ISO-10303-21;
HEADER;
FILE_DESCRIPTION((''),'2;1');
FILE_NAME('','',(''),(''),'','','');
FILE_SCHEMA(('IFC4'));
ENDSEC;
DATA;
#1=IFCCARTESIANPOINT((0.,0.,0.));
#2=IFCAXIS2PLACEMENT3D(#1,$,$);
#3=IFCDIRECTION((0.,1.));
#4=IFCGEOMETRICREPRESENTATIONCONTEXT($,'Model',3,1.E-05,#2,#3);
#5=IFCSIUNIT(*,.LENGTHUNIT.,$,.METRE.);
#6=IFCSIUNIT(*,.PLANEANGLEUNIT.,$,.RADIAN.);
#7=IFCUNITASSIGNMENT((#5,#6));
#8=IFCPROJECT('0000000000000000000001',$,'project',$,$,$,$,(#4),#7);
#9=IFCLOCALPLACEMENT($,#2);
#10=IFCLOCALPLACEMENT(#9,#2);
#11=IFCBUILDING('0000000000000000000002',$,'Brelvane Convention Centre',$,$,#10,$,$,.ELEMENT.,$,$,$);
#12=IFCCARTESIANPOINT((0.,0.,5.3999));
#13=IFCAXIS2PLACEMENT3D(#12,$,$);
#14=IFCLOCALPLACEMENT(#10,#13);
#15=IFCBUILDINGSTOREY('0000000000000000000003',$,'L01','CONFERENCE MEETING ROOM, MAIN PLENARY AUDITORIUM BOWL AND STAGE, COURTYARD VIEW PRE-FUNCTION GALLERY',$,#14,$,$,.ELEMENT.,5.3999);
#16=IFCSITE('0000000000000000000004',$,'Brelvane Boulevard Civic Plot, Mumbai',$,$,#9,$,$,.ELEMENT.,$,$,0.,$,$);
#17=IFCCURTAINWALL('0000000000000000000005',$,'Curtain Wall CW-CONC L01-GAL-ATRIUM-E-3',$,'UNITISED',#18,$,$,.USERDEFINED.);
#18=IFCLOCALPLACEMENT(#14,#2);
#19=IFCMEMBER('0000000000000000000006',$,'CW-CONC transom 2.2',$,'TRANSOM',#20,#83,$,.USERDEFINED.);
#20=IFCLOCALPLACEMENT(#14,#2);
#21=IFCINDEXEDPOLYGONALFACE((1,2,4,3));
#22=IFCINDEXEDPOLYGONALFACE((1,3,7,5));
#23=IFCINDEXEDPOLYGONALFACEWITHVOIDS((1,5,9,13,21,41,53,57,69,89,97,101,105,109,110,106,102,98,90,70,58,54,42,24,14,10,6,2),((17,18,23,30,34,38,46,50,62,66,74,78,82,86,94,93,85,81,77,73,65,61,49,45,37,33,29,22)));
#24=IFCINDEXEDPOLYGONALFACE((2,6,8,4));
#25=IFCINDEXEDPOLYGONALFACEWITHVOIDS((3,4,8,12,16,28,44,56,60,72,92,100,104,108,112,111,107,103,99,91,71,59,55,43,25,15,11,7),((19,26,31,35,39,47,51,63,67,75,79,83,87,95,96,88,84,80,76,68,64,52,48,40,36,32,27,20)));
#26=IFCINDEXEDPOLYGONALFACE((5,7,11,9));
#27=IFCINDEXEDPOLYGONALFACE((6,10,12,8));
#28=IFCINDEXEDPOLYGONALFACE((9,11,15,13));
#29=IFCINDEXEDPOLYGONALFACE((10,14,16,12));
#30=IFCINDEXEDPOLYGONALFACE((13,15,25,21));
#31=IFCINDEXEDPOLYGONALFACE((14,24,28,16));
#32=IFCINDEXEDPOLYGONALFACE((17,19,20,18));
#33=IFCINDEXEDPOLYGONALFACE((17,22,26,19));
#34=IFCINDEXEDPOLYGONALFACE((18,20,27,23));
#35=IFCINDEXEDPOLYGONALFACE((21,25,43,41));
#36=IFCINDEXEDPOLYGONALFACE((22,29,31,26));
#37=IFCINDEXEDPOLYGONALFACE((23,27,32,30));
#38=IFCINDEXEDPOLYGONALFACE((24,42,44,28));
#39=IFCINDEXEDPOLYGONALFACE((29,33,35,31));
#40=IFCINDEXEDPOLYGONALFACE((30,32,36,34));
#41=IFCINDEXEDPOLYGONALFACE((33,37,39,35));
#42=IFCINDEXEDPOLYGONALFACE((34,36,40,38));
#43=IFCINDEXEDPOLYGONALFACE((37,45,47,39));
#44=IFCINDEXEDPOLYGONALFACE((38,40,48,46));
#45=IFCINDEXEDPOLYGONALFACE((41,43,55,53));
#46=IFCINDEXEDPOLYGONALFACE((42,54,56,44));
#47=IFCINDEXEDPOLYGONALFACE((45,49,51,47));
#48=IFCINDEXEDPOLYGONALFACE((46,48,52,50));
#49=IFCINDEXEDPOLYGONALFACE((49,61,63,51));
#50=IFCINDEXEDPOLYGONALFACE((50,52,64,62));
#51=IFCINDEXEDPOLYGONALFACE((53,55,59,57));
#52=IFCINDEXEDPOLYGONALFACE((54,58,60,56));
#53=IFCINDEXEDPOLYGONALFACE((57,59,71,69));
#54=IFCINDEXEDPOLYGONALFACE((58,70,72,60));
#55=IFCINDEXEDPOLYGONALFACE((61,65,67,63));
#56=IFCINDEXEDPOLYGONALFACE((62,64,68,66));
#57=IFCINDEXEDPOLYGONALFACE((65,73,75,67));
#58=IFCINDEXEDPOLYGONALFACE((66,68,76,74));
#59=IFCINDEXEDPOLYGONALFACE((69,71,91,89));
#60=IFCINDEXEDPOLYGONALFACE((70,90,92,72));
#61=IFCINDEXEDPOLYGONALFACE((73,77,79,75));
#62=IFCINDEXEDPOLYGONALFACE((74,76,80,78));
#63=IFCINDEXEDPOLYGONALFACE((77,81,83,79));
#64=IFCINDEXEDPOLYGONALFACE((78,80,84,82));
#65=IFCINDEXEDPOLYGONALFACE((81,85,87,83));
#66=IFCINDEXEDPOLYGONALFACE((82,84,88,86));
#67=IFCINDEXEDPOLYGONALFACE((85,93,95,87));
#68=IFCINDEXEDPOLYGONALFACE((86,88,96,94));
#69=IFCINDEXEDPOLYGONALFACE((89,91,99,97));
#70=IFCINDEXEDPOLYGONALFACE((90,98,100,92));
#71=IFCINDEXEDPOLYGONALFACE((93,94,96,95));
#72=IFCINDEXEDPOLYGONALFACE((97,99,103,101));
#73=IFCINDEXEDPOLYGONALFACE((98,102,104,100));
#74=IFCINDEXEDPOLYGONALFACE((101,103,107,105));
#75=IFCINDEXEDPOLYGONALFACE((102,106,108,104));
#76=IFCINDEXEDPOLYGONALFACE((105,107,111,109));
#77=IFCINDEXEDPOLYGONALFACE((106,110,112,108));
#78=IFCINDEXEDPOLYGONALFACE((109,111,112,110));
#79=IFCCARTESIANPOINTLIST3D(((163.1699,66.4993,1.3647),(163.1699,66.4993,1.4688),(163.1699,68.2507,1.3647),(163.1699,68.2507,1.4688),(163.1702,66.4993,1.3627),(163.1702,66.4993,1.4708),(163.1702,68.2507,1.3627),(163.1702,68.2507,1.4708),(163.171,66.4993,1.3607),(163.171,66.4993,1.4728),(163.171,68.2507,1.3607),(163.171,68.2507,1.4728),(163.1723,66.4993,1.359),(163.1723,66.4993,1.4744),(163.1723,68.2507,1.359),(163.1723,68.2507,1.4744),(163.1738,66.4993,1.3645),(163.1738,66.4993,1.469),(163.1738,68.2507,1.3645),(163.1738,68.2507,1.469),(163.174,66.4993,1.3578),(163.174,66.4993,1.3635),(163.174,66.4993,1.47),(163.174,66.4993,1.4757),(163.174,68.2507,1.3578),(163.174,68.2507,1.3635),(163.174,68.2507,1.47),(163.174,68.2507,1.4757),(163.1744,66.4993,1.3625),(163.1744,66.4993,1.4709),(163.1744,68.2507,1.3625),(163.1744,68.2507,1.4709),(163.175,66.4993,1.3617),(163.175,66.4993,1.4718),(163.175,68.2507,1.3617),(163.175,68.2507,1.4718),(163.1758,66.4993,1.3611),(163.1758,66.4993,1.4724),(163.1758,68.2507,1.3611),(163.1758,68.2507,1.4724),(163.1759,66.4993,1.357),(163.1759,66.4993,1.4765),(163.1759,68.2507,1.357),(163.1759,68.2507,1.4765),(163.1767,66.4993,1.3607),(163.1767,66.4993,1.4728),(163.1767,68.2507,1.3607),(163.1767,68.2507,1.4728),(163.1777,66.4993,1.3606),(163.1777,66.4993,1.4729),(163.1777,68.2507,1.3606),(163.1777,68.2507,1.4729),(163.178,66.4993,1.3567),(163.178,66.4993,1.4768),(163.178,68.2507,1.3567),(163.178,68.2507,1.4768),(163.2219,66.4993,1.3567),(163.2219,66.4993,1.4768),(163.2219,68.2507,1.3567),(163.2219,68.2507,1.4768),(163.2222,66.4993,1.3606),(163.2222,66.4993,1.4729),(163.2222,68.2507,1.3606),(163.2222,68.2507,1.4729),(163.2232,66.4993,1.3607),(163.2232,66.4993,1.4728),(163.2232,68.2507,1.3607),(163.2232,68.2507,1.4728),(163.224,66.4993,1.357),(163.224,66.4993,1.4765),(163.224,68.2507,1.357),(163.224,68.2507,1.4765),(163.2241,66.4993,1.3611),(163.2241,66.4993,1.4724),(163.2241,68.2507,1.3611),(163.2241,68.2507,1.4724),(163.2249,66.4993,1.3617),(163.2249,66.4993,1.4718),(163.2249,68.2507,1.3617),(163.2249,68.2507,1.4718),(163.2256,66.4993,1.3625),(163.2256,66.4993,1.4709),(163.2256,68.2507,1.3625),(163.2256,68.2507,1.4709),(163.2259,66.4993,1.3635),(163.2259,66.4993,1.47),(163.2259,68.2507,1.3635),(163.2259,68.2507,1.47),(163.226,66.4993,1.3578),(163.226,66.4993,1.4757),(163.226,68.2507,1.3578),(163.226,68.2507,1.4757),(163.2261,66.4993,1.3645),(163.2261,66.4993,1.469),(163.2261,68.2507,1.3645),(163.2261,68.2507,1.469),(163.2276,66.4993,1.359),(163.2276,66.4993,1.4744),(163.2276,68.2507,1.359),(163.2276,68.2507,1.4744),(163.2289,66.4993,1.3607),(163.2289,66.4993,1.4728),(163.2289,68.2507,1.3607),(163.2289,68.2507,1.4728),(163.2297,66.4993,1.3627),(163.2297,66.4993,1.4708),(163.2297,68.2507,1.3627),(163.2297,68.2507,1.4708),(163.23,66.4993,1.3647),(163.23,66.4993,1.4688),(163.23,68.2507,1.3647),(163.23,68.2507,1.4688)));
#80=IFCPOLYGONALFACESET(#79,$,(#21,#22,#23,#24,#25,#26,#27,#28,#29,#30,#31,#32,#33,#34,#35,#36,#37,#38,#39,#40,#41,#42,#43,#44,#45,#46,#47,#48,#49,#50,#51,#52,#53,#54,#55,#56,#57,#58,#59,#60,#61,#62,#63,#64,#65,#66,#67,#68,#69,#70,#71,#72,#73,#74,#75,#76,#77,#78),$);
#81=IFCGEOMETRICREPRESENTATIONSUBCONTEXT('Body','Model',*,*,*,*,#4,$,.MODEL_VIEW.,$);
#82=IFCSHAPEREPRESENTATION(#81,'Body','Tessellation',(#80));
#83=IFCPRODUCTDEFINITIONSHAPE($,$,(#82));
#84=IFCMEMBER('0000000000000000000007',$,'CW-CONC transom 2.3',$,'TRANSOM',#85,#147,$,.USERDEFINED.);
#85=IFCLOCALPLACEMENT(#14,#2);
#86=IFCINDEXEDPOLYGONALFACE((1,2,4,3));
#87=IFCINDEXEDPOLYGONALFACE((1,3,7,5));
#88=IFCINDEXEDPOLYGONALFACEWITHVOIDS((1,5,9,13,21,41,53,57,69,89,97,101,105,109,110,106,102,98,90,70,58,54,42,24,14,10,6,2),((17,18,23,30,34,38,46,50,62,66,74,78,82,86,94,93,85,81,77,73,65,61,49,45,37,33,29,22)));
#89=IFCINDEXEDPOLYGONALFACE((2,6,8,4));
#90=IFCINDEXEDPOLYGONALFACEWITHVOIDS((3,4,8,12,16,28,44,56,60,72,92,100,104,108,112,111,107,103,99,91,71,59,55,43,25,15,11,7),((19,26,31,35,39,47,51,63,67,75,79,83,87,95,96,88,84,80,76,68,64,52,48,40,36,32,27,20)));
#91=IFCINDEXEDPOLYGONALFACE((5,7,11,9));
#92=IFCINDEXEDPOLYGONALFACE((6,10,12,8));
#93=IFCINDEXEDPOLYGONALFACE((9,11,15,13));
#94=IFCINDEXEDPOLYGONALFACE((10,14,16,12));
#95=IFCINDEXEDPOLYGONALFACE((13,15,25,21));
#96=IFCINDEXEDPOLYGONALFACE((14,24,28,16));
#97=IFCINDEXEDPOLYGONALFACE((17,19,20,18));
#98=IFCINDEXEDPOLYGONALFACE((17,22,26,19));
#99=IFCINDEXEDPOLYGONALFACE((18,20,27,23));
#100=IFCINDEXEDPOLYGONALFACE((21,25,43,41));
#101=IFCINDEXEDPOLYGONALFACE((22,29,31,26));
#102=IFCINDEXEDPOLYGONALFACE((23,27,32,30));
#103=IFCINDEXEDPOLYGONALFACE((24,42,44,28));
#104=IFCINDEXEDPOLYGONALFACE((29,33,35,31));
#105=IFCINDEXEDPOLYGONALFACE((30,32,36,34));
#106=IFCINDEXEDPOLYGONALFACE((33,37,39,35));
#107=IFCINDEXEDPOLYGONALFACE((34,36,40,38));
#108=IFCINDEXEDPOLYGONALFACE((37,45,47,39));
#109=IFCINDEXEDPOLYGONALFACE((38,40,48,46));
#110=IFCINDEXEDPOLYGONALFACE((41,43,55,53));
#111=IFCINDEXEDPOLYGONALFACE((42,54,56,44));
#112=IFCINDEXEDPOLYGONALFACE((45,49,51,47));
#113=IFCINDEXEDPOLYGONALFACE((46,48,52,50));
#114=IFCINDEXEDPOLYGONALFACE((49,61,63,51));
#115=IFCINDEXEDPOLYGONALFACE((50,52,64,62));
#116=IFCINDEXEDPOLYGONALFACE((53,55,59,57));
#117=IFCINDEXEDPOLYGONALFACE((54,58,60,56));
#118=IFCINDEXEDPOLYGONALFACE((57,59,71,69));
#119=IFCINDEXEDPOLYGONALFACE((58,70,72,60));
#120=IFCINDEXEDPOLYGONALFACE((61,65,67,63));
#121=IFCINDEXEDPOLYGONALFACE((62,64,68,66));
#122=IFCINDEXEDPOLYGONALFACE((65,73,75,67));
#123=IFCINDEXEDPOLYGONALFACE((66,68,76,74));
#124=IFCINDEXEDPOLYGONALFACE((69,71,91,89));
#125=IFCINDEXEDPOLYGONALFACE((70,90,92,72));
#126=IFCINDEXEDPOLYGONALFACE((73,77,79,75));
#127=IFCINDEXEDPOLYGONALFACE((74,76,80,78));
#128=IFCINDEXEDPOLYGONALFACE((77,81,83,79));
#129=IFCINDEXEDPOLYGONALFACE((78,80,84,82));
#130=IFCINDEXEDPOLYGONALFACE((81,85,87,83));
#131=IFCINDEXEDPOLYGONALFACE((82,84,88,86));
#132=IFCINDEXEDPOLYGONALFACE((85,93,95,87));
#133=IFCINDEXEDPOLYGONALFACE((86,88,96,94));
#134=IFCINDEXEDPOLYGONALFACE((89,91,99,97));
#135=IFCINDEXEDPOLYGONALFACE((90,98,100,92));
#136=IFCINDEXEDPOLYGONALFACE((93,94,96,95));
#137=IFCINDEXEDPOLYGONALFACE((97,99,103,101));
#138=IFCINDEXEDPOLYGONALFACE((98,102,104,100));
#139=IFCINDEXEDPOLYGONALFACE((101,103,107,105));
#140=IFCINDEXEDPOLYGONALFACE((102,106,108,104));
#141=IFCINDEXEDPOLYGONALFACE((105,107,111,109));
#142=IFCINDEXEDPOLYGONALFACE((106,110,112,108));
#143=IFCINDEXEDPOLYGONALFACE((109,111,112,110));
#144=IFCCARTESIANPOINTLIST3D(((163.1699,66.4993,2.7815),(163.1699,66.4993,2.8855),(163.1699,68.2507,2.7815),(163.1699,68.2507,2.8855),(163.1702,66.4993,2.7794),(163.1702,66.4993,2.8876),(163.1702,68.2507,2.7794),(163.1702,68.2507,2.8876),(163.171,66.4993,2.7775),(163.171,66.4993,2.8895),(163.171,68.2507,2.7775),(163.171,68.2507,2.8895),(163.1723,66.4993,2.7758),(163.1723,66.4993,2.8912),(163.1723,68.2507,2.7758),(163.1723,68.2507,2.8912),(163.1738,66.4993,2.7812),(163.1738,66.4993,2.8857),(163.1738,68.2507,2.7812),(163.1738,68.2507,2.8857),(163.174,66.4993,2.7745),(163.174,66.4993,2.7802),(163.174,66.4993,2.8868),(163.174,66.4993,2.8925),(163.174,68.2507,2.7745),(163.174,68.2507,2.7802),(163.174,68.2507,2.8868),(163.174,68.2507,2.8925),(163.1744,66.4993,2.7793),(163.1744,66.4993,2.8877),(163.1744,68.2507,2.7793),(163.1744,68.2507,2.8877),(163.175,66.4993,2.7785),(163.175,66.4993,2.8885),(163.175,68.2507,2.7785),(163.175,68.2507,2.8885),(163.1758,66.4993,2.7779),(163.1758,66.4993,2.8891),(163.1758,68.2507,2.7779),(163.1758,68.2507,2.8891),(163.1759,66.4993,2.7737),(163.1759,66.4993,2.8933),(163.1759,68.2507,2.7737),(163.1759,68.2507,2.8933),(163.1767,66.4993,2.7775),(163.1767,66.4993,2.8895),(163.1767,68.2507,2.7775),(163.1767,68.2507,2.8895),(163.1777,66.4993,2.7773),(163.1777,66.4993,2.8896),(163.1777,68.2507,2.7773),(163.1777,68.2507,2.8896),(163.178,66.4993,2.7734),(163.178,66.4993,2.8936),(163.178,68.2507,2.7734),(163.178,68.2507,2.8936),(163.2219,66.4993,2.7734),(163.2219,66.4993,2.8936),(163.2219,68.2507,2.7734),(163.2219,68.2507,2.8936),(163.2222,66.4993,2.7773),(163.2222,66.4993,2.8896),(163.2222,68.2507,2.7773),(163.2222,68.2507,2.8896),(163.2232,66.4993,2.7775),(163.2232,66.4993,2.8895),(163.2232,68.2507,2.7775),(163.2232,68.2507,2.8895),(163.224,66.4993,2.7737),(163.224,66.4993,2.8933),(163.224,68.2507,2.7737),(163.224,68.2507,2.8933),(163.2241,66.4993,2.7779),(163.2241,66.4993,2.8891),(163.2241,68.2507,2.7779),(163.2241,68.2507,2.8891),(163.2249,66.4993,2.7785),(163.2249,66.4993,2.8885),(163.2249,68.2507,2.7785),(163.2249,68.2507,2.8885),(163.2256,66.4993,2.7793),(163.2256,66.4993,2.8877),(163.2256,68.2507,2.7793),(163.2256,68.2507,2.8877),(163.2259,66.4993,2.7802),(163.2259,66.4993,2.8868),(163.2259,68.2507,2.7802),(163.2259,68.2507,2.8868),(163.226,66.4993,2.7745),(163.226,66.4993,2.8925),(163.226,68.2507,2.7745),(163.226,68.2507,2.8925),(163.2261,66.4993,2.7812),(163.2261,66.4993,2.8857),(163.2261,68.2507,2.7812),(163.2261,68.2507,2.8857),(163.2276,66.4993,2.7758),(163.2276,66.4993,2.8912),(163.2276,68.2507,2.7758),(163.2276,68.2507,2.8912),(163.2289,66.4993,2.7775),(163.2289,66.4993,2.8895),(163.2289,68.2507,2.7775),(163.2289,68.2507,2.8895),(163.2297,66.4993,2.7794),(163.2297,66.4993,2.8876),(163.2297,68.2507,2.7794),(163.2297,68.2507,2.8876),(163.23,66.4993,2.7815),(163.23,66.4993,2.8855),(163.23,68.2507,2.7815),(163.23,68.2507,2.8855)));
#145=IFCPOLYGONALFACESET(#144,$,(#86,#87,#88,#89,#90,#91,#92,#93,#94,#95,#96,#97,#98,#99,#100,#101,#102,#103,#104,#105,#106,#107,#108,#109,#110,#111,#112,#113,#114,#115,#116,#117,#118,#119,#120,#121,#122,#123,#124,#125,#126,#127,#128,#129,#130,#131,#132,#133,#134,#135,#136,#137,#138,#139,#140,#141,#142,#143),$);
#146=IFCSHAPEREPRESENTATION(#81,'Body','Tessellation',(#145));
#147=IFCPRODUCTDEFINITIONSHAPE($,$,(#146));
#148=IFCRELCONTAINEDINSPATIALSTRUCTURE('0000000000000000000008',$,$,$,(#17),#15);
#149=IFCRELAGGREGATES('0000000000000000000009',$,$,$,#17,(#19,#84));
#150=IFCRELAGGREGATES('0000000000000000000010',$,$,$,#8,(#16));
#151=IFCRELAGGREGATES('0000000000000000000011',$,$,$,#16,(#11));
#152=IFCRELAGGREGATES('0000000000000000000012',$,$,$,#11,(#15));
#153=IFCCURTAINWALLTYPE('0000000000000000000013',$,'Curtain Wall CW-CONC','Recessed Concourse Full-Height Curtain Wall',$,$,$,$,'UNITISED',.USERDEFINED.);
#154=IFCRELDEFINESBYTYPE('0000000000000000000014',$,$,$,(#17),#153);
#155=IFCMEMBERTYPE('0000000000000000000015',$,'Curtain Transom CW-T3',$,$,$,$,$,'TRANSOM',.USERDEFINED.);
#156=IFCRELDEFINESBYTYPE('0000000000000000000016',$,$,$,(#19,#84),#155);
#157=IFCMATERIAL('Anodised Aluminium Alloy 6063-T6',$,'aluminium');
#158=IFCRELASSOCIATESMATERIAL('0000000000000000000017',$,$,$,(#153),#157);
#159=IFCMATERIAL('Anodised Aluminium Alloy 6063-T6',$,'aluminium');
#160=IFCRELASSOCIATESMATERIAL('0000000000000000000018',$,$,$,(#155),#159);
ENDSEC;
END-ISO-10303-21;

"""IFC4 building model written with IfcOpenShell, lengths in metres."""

from ifc_helpers import new_model, si_unit, direction, frame, origin, origin_2d, place, context, subcontext, project, spatial, hollow_rectangle, extrude, material, material_profile, profile_set, type_object, element, aggregate, save


model = new_model("IFC4")

# Units and contexts
model_context = context("Model", 3, precision=1e-05, world=origin(), true_north=direction((0.0, 1.0)))
body_context = subcontext(model_context, "Body", "Model", "MODEL_VIEW")
ifc_project = project(units=[si_unit("LENGTHUNIT", "METRE"), si_unit("PLANEANGLEUNIT", "RADIAN")], contexts=[model_context])

# Site, building, storey
site_placement = place(None, origin())
site = spatial("IfcSite", under=ifc_project, at=site_placement, Name="Brelvane Boulevard Civic Plot, Mumbai", CompositionType="ELEMENT", RefElevation=0.0)
building_placement = place(site_placement, origin())
building = spatial("IfcBuilding", under=site, at=building_placement, Name="Brelvane Convention Centre", CompositionType="ELEMENT")
storey_placement = place(building_placement, frame((0.0, 0.0, 5.3999)))
storey = spatial("IfcBuildingStorey", under=building, at=storey_placement, Name="L01", Description="CONFERENCE MEETING ROOM, MAIN PLENARY AUDITORIUM BOWL AND STAGE, COURTYARD VIEW PRE-FUNCTION GALLERY", CompositionType="ELEMENT", Elevation=5.3999)

# Curtain wall, members
ifc_material_1 = material(Name="Anodised Aluminium Alloy 6063-T6", Category="aluminium")
curtain_wall_type = type_object("IfcCurtainWallType", Name="Curtain Wall CW-CONC", Description="Recessed Concourse Full-Height Curtain Wall", ElementType="UNITISED", PredefinedType="USERDEFINED", material=ifc_material_1)
curtain_wall_placement = place(storey_placement, origin())
curtain_wall = element("IfcCurtainWall", 1, at=curtain_wall_placement, inside=storey, type_object=curtain_wall_type, Name="Curtain Wall CW-CONC L01-GAL-ATRIUM-E-3", ObjectType="UNITISED", PredefinedType="USERDEFINED")
ifc_material_2 = material(Name="Anodised Aluminium Alloy 6063-T6", Category="aluminium")
ifc_material_profile_1 = material_profile(ifc_material_2, hollow_rectangle(XDim=0.0601, YDim=0.1201, WallThickness=0.0039, InnerFilletRadius=0.0039, OuterFilletRadius=0.0081, at=origin_2d()), Name="ALU-T 120x60x4.0")
ifc_profile_set_1 = profile_set([ifc_material_profile_1], Name="Anodised Aluminium Alloy 6063-T6")
member_type_1 = type_object("IfcMemberType", Name="Curtain Transom CW-T3", ElementType="TRANSOM", PredefinedType="USERDEFINED", material=ifc_profile_set_1)
member_1_placement = place(storey_placement, frame((163.2, 66.4993, 1.4167), z_axis=(0.0, 1.0, 0.0), x_axis=(-1.0, 0.0, 0.0)))
member_1 = element("IfcMember", 2, at=member_1_placement, type_object=member_type_1, Name="CW-CONC transom 2.2", ObjectType="TRANSOM", PredefinedType="USERDEFINED", context=body_context, shape_type="SweptSolid", body=[
    extrude(hollow_rectangle(XDim=0.0601, YDim=0.1201, WallThickness=0.0039, InnerFilletRadius=0.0039, OuterFilletRadius=0.0081, at=origin_2d()), origin(), (0.0, 0.0, 1.0), 1.7515),
])
member_2_placement = place(storey_placement, frame((163.2, 66.4993, 2.8335), z_axis=(0.0, 1.0, 0.0), x_axis=(-1.0, 0.0, 0.0)))
member_2 = element("IfcMember", 3, at=member_2_placement, type_object=member_type_1, Name="CW-CONC transom 2.3", ObjectType="TRANSOM", PredefinedType="USERDEFINED", context=body_context, shape_type="SweptSolid", body=[
    extrude(hollow_rectangle(XDim=0.0601, YDim=0.1201, WallThickness=0.0039, InnerFilletRadius=0.0039, OuterFilletRadius=0.0081, at=origin_2d()), origin(), (0.0, 0.0, 1.0), 1.7515),
])

aggregate(curtain_wall, [member_1, member_2])

save(model, "model.ifc")
